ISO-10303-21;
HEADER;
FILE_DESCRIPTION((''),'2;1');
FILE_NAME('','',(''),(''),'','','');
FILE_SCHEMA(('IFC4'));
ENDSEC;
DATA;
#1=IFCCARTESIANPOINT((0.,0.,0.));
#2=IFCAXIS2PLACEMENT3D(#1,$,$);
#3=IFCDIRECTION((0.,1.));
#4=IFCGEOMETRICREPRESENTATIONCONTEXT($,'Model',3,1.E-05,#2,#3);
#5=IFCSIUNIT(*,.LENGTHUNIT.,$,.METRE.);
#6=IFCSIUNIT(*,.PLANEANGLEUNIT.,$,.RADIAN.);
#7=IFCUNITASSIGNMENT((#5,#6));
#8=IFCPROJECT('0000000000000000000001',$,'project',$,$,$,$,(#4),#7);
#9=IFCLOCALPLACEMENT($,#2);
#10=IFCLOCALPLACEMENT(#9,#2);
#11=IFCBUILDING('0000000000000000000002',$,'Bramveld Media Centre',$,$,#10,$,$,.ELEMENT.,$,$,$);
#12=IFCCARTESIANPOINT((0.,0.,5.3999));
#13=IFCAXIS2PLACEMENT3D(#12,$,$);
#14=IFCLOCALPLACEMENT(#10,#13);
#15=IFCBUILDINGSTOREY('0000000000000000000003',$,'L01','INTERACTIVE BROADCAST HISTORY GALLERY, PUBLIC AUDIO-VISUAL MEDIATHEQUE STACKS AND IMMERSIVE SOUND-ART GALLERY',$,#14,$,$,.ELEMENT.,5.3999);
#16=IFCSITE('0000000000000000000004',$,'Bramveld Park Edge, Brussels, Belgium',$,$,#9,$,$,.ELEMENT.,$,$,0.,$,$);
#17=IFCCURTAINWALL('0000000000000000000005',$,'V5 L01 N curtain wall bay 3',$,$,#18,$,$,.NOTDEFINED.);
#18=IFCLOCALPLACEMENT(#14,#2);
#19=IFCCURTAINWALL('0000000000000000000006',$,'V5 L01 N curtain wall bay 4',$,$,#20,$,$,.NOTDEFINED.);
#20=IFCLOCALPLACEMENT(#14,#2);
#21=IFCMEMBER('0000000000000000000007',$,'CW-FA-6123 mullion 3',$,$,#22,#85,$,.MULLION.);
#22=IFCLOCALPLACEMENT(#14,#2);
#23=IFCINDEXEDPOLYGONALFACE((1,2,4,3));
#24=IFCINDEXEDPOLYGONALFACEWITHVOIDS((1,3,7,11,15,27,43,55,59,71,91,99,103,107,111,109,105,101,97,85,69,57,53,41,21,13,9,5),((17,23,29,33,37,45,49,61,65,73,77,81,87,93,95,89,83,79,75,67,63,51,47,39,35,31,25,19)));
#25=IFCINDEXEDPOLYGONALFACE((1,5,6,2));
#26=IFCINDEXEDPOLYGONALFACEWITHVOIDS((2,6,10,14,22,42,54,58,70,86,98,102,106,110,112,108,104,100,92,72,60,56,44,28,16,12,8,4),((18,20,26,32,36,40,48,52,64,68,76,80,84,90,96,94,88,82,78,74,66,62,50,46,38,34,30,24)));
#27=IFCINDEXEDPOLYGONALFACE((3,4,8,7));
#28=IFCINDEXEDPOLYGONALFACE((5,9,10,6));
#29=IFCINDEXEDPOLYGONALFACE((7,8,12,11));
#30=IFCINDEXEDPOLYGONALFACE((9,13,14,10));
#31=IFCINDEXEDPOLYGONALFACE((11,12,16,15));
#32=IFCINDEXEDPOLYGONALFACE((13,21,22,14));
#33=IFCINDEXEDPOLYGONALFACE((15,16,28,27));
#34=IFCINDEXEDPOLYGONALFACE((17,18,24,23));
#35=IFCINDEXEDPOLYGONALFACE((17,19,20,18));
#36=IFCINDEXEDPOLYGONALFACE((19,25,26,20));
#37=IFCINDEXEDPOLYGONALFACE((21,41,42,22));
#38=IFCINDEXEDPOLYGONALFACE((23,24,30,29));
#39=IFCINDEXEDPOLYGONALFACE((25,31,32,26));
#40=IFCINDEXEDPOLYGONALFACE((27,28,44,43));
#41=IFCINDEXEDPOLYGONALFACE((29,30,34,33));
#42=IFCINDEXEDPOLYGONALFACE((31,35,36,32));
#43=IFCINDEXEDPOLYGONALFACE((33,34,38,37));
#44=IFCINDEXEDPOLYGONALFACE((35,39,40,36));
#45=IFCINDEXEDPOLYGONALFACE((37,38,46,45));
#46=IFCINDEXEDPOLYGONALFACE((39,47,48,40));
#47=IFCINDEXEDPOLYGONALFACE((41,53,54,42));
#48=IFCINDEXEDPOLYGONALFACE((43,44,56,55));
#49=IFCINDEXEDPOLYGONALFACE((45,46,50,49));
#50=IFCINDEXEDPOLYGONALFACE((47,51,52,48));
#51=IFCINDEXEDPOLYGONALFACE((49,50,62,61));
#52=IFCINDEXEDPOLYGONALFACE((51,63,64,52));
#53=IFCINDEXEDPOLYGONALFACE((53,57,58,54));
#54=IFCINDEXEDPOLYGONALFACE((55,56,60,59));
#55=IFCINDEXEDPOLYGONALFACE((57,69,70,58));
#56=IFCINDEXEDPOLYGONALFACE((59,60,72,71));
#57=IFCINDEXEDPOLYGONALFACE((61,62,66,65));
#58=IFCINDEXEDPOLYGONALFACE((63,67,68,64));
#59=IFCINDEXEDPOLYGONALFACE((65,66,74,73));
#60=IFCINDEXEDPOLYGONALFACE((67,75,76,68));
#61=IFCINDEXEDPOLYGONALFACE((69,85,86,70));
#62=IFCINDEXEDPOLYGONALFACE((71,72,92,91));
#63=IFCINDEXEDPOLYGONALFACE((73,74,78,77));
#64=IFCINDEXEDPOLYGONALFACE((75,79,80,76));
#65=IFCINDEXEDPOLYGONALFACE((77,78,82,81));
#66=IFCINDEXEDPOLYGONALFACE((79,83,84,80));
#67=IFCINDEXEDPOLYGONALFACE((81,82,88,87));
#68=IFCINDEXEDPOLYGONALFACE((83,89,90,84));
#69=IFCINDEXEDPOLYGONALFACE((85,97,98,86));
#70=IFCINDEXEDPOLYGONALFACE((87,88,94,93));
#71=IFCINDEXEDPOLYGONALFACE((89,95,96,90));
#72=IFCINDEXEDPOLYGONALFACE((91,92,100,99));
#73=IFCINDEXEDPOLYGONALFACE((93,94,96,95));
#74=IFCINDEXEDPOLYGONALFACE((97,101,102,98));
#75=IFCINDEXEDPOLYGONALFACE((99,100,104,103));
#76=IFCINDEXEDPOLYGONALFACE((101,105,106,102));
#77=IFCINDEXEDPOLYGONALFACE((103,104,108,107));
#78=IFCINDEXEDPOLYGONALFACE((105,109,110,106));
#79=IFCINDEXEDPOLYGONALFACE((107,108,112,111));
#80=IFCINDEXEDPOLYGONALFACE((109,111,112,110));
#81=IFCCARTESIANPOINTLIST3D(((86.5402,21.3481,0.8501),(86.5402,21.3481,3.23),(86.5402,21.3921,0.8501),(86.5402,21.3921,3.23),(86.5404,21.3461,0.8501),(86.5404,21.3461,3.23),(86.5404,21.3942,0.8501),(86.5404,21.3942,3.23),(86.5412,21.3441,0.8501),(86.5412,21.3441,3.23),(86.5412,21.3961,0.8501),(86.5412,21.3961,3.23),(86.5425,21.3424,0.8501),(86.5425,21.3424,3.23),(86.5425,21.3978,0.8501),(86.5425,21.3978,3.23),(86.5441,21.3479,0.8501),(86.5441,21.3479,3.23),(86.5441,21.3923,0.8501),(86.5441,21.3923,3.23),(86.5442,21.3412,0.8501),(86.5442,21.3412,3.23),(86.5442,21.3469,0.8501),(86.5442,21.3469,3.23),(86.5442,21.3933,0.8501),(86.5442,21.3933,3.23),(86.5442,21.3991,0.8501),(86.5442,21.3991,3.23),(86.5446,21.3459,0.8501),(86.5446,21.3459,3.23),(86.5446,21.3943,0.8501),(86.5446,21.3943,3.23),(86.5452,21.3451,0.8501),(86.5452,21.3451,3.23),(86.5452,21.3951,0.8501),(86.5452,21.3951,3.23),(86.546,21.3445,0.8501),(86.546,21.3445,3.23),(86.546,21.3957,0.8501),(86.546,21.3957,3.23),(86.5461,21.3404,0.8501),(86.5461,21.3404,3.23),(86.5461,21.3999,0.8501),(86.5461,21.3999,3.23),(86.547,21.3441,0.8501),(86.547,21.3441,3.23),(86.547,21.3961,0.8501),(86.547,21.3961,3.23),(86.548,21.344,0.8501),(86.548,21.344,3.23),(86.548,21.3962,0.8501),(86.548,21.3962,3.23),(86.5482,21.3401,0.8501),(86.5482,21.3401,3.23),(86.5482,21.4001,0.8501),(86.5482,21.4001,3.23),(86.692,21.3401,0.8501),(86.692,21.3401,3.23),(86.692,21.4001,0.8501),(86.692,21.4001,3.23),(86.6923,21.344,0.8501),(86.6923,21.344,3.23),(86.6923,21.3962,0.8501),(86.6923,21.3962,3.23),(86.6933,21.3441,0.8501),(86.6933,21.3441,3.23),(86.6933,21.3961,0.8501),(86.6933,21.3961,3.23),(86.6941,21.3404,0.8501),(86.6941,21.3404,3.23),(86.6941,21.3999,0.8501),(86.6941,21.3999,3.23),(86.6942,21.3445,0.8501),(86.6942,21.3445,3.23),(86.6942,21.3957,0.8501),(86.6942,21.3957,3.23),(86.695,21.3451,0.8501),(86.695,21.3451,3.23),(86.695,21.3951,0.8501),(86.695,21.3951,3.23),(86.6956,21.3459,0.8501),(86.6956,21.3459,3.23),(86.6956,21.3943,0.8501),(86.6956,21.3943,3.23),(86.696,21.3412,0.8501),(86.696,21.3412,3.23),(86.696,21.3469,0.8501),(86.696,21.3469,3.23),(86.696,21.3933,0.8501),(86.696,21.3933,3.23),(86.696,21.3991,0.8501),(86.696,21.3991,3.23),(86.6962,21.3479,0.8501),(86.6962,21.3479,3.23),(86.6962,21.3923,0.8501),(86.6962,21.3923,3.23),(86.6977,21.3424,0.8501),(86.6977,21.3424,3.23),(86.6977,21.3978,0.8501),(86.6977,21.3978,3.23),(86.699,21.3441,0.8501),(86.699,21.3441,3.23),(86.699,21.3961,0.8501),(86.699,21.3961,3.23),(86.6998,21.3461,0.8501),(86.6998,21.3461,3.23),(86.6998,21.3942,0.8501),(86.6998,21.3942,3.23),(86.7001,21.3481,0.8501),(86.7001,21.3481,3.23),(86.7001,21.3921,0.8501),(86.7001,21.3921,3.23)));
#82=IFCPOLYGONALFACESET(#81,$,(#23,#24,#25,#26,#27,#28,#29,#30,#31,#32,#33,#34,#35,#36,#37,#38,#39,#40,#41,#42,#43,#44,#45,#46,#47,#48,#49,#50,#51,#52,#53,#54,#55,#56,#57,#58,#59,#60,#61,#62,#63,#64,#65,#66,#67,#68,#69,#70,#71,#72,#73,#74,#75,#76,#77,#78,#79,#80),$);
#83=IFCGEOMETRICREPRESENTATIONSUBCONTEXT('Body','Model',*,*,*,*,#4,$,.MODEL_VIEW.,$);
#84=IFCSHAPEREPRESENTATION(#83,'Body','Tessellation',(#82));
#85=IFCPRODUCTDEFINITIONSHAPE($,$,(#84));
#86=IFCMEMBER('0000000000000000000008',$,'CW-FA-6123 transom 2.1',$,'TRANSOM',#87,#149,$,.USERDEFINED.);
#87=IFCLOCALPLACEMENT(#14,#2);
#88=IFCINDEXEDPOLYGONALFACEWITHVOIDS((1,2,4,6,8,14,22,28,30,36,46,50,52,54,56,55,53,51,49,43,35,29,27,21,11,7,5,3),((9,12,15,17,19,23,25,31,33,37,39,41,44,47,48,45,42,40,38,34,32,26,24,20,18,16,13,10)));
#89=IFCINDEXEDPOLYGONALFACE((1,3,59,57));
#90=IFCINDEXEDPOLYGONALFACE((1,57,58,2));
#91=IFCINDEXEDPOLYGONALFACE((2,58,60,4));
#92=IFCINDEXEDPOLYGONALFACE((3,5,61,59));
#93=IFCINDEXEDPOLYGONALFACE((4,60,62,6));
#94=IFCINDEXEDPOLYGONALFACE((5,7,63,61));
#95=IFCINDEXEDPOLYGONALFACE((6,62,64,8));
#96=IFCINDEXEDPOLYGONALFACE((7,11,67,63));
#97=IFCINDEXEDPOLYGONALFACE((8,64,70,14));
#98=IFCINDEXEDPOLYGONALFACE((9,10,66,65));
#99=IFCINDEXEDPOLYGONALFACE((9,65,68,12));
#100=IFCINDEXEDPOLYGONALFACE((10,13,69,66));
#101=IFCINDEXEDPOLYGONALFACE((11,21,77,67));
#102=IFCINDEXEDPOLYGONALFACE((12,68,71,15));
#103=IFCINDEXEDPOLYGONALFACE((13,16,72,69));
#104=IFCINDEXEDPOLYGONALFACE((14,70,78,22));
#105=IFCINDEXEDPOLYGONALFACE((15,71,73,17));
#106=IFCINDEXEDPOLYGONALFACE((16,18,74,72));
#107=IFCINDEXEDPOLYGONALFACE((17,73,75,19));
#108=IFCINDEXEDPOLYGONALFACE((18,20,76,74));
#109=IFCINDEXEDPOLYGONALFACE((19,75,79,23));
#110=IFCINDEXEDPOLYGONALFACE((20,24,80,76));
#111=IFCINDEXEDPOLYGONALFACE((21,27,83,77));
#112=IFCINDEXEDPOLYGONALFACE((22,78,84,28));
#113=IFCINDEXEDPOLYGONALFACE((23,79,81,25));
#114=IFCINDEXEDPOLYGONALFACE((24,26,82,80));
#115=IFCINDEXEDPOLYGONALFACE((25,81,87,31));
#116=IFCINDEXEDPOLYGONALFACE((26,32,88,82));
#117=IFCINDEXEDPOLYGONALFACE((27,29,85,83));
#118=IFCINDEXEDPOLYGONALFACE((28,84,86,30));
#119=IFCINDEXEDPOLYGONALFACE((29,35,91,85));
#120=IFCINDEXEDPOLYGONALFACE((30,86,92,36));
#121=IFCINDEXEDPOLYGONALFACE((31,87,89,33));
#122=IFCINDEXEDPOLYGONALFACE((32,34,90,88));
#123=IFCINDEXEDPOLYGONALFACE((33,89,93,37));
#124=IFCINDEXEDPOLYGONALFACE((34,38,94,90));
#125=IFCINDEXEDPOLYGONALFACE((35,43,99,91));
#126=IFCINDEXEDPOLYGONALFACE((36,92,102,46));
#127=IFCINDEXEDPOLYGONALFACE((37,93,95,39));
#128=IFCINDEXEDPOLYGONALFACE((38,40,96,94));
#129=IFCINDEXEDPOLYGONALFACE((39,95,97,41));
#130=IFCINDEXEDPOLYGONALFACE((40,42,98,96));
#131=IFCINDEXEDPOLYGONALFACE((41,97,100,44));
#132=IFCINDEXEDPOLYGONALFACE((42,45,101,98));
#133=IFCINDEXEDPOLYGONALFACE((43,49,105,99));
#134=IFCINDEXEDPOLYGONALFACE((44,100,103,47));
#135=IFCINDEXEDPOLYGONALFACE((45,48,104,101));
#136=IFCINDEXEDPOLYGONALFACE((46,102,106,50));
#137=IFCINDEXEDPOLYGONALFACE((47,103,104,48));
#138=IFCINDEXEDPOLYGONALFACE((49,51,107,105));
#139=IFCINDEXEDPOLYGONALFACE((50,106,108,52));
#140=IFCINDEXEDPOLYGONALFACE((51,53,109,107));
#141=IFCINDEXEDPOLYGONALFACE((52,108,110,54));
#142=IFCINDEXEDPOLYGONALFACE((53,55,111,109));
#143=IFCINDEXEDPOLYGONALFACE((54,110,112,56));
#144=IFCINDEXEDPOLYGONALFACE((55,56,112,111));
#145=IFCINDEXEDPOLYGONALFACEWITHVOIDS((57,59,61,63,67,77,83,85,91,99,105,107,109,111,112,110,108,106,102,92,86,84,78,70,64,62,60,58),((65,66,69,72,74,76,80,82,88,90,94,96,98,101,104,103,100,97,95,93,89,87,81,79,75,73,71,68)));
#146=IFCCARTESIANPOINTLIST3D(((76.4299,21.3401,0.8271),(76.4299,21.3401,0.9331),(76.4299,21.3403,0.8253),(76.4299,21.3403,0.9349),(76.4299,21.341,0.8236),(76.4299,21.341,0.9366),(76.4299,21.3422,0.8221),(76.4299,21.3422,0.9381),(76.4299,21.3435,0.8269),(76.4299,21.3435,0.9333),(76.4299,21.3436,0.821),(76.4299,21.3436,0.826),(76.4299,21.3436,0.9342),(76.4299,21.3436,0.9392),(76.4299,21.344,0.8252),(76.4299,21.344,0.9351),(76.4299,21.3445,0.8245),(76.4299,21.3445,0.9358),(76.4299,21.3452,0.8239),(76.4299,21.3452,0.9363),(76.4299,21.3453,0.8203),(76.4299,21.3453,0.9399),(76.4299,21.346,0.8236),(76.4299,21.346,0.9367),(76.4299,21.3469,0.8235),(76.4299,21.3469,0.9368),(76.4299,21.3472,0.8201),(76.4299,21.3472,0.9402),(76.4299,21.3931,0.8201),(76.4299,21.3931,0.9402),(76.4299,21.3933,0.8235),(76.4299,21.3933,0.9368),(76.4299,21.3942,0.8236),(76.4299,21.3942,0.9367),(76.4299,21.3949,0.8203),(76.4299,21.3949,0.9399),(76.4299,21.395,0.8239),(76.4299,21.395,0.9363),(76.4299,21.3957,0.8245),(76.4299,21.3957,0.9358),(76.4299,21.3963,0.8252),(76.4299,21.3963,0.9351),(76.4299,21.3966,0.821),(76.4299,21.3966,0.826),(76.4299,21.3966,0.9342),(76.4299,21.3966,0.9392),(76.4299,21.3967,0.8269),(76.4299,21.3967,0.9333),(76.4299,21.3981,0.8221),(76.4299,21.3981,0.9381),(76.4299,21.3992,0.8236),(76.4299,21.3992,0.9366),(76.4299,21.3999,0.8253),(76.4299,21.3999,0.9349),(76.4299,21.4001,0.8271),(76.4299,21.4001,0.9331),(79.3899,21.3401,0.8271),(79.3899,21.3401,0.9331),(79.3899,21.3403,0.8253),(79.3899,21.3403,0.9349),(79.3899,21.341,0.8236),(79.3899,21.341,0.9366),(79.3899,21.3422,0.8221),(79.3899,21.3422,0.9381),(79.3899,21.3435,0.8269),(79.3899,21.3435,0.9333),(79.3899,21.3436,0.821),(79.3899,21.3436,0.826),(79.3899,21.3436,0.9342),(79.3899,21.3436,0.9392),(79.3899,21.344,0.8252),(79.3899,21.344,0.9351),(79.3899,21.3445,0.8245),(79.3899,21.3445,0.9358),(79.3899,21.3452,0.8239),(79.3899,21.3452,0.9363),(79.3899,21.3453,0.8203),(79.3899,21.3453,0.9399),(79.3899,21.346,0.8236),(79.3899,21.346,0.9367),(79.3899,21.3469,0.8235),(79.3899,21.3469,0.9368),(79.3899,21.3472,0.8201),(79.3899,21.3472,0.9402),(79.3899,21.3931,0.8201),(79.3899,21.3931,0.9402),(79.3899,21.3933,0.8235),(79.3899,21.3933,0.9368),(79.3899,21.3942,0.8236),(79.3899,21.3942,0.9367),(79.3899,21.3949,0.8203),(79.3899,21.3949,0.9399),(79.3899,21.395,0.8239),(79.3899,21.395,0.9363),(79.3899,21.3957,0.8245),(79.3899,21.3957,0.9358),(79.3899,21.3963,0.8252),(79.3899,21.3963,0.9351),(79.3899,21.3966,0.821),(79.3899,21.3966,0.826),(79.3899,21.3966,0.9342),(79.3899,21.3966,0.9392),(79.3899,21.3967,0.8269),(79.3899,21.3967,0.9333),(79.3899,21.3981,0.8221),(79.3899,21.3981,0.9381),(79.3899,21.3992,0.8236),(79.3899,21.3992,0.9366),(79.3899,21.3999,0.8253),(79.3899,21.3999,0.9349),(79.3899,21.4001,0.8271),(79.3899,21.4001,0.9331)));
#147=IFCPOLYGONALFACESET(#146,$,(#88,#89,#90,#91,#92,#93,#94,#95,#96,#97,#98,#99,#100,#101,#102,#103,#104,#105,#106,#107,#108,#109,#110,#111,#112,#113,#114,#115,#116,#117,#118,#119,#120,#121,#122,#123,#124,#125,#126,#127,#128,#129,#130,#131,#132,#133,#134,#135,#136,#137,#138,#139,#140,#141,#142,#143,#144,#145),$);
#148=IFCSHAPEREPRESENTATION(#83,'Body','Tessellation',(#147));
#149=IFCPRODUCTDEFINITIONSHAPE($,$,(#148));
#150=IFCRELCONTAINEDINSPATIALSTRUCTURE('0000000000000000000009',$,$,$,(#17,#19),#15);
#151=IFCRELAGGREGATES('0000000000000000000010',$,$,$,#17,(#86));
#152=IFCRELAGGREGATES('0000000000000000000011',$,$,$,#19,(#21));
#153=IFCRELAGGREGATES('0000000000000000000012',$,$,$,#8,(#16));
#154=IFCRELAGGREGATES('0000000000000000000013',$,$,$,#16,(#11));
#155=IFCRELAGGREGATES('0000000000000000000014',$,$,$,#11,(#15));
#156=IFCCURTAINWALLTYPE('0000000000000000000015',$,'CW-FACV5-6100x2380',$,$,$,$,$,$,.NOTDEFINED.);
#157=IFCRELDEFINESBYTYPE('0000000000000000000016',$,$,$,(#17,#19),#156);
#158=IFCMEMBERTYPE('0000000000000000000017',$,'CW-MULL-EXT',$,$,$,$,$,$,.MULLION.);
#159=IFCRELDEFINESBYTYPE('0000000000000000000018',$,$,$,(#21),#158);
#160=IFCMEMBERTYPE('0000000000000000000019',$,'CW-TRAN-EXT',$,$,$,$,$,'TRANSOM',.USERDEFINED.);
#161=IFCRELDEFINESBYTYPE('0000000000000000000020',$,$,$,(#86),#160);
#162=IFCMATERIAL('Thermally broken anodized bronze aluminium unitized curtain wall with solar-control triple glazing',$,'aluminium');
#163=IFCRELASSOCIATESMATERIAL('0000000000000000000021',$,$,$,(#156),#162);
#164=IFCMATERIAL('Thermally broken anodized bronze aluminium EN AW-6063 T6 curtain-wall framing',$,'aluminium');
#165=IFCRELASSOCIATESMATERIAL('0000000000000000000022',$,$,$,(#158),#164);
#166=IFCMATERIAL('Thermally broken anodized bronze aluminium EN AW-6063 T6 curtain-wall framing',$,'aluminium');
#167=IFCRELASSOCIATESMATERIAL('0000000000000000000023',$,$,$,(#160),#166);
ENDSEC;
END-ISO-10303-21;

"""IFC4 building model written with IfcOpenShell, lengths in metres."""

from ifc_helpers import new_model, si_unit, direction, frame, origin, origin_2d, place, context, subcontext, project, spatial, hollow_rectangle, extrude, material, material_profile, profile_set, type_object, element, aggregate, save


model = new_model("IFC4")

# Units and contexts
model_context = context("Model", 3, precision=1e-05, world=origin(), true_north=direction((0.0, 1.0)))
body_context = subcontext(model_context, "Body", "Model", "MODEL_VIEW")
ifc_project = project(units=[si_unit("LENGTHUNIT", "METRE"), si_unit("PLANEANGLEUNIT", "RADIAN")], contexts=[model_context])

# Site, building, storey
site_placement = place(None, origin())
site = spatial("IfcSite", under=ifc_project, at=site_placement, Name="Bramveld Park Edge, Brussels, Belgium", CompositionType="ELEMENT", RefElevation=0.0)
building_placement = place(site_placement, origin())
building = spatial("IfcBuilding", under=site, at=building_placement, Name="Bramveld Media Centre", CompositionType="ELEMENT")
storey_placement = place(building_placement, frame((0.0, 0.0, 5.3999)))
storey = spatial("IfcBuildingStorey", under=building, at=storey_placement, Name="L01", Description="INTERACTIVE BROADCAST HISTORY GALLERY, PUBLIC AUDIO-VISUAL MEDIATHEQUE STACKS AND IMMERSIVE SOUND-ART GALLERY", CompositionType="ELEMENT", Elevation=5.3999)

# Curtain walls, member
ifc_material_1 = material(Name="Thermally broken anodized bronze aluminium unitized curtain wall with solar-control triple glazing", Category="aluminium")
curtain_wall_type = type_object("IfcCurtainWallType", Name="CW-FACV5-6100x2380", PredefinedType="NOTDEFINED", material=ifc_material_1)
curtain_wall_1_placement = place(storey_placement, origin())
curtain_wall_1 = element("IfcCurtainWall", 1, at=curtain_wall_1_placement, inside=storey, type_object=curtain_wall_type, Name="V5 L01 N curtain wall bay 3", PredefinedType="NOTDEFINED")
ifc_material_2 = material(Name="Thermally broken anodized bronze aluminium EN AW-6063 T6 curtain-wall framing", Category="aluminium")
ifc_material_profile_1 = material_profile(ifc_material_2, hollow_rectangle(XDim=0.0601, YDim=0.1599, WallThickness=0.0039, InnerFilletRadius=0.0039, OuterFilletRadius=0.0081, at=origin_2d()), Name="AL-MULL 60x160")
ifc_profile_set_1 = profile_set([ifc_material_profile_1], Name="Thermally broken anodized bronze aluminium EN AW-6063 T6 curtain-wall framing")
member_type_1 = type_object("IfcMemberType", Name="CW-MULL-EXT", PredefinedType="MULLION", material=ifc_profile_set_1)
curtain_wall_2_placement = place(storey_placement, origin())
curtain_wall_2 = element("IfcCurtainWall", 2, at=curtain_wall_2_placement, inside=storey, type_object=curtain_wall_type, Name="V5 L01 N curtain wall bay 4", PredefinedType="NOTDEFINED")
member_1_placement = place(storey_placement, frame((86.6201, 21.3701, 0.8501), z_axis=(0.0, 0.0, 1.0), x_axis=(0.0, 1.0, 0.0)))
member_1 = element("IfcMember", 3, at=member_1_placement, type_object=member_type_1, Name="CW-FA-6123 mullion 3", PredefinedType="MULLION", context=body_context, shape_type="SweptSolid", body=[
    extrude(hollow_rectangle(XDim=0.0601, YDim=0.1599, WallThickness=0.0039, InnerFilletRadius=0.0039, OuterFilletRadius=0.0081, at=origin_2d()), origin(), (0.0, 0.0, 1.0), 2.3799),
])

# Member
ifc_material_3 = material(Name="Thermally broken anodized bronze aluminium EN AW-6063 T6 curtain-wall framing", Category="aluminium")
ifc_material_profile_2 = material_profile(ifc_material_3, hollow_rectangle(XDim=0.0601, YDim=0.1201, WallThickness=0.0034, InnerFilletRadius=0.0034, OuterFilletRadius=0.0071, at=origin_2d()), Name="AL-TRAN 60x120")
ifc_profile_set_2 = profile_set([ifc_material_profile_2], Name="Thermally broken anodized bronze aluminium EN AW-6063 T6 curtain-wall framing")
member_type_2 = type_object("IfcMemberType", Name="CW-TRAN-EXT", ElementType="TRANSOM", PredefinedType="USERDEFINED", material=ifc_profile_set_2)
member_2_placement = place(storey_placement, frame((76.4299, 21.3701, 0.8801), z_axis=(1.0, 0.0, 0.0), x_axis=(0.0, 1.0, 0.0)))
member_2 = element("IfcMember", 4, at=member_2_placement, type_object=member_type_2, Name="CW-FA-6123 transom 2.1", ObjectType="TRANSOM", PredefinedType="USERDEFINED", context=body_context, shape_type="SweptSolid", body=[
    extrude(hollow_rectangle(XDim=0.0601, YDim=0.1201, WallThickness=0.0034, InnerFilletRadius=0.0034, OuterFilletRadius=0.0071, at=origin_2d()), origin(), (0.0, 0.0, 1.0), 2.96),
])

aggregate(curtain_wall_1, [member_2])
aggregate(curtain_wall_2, [member_1])

save(model, "model.ifc")
